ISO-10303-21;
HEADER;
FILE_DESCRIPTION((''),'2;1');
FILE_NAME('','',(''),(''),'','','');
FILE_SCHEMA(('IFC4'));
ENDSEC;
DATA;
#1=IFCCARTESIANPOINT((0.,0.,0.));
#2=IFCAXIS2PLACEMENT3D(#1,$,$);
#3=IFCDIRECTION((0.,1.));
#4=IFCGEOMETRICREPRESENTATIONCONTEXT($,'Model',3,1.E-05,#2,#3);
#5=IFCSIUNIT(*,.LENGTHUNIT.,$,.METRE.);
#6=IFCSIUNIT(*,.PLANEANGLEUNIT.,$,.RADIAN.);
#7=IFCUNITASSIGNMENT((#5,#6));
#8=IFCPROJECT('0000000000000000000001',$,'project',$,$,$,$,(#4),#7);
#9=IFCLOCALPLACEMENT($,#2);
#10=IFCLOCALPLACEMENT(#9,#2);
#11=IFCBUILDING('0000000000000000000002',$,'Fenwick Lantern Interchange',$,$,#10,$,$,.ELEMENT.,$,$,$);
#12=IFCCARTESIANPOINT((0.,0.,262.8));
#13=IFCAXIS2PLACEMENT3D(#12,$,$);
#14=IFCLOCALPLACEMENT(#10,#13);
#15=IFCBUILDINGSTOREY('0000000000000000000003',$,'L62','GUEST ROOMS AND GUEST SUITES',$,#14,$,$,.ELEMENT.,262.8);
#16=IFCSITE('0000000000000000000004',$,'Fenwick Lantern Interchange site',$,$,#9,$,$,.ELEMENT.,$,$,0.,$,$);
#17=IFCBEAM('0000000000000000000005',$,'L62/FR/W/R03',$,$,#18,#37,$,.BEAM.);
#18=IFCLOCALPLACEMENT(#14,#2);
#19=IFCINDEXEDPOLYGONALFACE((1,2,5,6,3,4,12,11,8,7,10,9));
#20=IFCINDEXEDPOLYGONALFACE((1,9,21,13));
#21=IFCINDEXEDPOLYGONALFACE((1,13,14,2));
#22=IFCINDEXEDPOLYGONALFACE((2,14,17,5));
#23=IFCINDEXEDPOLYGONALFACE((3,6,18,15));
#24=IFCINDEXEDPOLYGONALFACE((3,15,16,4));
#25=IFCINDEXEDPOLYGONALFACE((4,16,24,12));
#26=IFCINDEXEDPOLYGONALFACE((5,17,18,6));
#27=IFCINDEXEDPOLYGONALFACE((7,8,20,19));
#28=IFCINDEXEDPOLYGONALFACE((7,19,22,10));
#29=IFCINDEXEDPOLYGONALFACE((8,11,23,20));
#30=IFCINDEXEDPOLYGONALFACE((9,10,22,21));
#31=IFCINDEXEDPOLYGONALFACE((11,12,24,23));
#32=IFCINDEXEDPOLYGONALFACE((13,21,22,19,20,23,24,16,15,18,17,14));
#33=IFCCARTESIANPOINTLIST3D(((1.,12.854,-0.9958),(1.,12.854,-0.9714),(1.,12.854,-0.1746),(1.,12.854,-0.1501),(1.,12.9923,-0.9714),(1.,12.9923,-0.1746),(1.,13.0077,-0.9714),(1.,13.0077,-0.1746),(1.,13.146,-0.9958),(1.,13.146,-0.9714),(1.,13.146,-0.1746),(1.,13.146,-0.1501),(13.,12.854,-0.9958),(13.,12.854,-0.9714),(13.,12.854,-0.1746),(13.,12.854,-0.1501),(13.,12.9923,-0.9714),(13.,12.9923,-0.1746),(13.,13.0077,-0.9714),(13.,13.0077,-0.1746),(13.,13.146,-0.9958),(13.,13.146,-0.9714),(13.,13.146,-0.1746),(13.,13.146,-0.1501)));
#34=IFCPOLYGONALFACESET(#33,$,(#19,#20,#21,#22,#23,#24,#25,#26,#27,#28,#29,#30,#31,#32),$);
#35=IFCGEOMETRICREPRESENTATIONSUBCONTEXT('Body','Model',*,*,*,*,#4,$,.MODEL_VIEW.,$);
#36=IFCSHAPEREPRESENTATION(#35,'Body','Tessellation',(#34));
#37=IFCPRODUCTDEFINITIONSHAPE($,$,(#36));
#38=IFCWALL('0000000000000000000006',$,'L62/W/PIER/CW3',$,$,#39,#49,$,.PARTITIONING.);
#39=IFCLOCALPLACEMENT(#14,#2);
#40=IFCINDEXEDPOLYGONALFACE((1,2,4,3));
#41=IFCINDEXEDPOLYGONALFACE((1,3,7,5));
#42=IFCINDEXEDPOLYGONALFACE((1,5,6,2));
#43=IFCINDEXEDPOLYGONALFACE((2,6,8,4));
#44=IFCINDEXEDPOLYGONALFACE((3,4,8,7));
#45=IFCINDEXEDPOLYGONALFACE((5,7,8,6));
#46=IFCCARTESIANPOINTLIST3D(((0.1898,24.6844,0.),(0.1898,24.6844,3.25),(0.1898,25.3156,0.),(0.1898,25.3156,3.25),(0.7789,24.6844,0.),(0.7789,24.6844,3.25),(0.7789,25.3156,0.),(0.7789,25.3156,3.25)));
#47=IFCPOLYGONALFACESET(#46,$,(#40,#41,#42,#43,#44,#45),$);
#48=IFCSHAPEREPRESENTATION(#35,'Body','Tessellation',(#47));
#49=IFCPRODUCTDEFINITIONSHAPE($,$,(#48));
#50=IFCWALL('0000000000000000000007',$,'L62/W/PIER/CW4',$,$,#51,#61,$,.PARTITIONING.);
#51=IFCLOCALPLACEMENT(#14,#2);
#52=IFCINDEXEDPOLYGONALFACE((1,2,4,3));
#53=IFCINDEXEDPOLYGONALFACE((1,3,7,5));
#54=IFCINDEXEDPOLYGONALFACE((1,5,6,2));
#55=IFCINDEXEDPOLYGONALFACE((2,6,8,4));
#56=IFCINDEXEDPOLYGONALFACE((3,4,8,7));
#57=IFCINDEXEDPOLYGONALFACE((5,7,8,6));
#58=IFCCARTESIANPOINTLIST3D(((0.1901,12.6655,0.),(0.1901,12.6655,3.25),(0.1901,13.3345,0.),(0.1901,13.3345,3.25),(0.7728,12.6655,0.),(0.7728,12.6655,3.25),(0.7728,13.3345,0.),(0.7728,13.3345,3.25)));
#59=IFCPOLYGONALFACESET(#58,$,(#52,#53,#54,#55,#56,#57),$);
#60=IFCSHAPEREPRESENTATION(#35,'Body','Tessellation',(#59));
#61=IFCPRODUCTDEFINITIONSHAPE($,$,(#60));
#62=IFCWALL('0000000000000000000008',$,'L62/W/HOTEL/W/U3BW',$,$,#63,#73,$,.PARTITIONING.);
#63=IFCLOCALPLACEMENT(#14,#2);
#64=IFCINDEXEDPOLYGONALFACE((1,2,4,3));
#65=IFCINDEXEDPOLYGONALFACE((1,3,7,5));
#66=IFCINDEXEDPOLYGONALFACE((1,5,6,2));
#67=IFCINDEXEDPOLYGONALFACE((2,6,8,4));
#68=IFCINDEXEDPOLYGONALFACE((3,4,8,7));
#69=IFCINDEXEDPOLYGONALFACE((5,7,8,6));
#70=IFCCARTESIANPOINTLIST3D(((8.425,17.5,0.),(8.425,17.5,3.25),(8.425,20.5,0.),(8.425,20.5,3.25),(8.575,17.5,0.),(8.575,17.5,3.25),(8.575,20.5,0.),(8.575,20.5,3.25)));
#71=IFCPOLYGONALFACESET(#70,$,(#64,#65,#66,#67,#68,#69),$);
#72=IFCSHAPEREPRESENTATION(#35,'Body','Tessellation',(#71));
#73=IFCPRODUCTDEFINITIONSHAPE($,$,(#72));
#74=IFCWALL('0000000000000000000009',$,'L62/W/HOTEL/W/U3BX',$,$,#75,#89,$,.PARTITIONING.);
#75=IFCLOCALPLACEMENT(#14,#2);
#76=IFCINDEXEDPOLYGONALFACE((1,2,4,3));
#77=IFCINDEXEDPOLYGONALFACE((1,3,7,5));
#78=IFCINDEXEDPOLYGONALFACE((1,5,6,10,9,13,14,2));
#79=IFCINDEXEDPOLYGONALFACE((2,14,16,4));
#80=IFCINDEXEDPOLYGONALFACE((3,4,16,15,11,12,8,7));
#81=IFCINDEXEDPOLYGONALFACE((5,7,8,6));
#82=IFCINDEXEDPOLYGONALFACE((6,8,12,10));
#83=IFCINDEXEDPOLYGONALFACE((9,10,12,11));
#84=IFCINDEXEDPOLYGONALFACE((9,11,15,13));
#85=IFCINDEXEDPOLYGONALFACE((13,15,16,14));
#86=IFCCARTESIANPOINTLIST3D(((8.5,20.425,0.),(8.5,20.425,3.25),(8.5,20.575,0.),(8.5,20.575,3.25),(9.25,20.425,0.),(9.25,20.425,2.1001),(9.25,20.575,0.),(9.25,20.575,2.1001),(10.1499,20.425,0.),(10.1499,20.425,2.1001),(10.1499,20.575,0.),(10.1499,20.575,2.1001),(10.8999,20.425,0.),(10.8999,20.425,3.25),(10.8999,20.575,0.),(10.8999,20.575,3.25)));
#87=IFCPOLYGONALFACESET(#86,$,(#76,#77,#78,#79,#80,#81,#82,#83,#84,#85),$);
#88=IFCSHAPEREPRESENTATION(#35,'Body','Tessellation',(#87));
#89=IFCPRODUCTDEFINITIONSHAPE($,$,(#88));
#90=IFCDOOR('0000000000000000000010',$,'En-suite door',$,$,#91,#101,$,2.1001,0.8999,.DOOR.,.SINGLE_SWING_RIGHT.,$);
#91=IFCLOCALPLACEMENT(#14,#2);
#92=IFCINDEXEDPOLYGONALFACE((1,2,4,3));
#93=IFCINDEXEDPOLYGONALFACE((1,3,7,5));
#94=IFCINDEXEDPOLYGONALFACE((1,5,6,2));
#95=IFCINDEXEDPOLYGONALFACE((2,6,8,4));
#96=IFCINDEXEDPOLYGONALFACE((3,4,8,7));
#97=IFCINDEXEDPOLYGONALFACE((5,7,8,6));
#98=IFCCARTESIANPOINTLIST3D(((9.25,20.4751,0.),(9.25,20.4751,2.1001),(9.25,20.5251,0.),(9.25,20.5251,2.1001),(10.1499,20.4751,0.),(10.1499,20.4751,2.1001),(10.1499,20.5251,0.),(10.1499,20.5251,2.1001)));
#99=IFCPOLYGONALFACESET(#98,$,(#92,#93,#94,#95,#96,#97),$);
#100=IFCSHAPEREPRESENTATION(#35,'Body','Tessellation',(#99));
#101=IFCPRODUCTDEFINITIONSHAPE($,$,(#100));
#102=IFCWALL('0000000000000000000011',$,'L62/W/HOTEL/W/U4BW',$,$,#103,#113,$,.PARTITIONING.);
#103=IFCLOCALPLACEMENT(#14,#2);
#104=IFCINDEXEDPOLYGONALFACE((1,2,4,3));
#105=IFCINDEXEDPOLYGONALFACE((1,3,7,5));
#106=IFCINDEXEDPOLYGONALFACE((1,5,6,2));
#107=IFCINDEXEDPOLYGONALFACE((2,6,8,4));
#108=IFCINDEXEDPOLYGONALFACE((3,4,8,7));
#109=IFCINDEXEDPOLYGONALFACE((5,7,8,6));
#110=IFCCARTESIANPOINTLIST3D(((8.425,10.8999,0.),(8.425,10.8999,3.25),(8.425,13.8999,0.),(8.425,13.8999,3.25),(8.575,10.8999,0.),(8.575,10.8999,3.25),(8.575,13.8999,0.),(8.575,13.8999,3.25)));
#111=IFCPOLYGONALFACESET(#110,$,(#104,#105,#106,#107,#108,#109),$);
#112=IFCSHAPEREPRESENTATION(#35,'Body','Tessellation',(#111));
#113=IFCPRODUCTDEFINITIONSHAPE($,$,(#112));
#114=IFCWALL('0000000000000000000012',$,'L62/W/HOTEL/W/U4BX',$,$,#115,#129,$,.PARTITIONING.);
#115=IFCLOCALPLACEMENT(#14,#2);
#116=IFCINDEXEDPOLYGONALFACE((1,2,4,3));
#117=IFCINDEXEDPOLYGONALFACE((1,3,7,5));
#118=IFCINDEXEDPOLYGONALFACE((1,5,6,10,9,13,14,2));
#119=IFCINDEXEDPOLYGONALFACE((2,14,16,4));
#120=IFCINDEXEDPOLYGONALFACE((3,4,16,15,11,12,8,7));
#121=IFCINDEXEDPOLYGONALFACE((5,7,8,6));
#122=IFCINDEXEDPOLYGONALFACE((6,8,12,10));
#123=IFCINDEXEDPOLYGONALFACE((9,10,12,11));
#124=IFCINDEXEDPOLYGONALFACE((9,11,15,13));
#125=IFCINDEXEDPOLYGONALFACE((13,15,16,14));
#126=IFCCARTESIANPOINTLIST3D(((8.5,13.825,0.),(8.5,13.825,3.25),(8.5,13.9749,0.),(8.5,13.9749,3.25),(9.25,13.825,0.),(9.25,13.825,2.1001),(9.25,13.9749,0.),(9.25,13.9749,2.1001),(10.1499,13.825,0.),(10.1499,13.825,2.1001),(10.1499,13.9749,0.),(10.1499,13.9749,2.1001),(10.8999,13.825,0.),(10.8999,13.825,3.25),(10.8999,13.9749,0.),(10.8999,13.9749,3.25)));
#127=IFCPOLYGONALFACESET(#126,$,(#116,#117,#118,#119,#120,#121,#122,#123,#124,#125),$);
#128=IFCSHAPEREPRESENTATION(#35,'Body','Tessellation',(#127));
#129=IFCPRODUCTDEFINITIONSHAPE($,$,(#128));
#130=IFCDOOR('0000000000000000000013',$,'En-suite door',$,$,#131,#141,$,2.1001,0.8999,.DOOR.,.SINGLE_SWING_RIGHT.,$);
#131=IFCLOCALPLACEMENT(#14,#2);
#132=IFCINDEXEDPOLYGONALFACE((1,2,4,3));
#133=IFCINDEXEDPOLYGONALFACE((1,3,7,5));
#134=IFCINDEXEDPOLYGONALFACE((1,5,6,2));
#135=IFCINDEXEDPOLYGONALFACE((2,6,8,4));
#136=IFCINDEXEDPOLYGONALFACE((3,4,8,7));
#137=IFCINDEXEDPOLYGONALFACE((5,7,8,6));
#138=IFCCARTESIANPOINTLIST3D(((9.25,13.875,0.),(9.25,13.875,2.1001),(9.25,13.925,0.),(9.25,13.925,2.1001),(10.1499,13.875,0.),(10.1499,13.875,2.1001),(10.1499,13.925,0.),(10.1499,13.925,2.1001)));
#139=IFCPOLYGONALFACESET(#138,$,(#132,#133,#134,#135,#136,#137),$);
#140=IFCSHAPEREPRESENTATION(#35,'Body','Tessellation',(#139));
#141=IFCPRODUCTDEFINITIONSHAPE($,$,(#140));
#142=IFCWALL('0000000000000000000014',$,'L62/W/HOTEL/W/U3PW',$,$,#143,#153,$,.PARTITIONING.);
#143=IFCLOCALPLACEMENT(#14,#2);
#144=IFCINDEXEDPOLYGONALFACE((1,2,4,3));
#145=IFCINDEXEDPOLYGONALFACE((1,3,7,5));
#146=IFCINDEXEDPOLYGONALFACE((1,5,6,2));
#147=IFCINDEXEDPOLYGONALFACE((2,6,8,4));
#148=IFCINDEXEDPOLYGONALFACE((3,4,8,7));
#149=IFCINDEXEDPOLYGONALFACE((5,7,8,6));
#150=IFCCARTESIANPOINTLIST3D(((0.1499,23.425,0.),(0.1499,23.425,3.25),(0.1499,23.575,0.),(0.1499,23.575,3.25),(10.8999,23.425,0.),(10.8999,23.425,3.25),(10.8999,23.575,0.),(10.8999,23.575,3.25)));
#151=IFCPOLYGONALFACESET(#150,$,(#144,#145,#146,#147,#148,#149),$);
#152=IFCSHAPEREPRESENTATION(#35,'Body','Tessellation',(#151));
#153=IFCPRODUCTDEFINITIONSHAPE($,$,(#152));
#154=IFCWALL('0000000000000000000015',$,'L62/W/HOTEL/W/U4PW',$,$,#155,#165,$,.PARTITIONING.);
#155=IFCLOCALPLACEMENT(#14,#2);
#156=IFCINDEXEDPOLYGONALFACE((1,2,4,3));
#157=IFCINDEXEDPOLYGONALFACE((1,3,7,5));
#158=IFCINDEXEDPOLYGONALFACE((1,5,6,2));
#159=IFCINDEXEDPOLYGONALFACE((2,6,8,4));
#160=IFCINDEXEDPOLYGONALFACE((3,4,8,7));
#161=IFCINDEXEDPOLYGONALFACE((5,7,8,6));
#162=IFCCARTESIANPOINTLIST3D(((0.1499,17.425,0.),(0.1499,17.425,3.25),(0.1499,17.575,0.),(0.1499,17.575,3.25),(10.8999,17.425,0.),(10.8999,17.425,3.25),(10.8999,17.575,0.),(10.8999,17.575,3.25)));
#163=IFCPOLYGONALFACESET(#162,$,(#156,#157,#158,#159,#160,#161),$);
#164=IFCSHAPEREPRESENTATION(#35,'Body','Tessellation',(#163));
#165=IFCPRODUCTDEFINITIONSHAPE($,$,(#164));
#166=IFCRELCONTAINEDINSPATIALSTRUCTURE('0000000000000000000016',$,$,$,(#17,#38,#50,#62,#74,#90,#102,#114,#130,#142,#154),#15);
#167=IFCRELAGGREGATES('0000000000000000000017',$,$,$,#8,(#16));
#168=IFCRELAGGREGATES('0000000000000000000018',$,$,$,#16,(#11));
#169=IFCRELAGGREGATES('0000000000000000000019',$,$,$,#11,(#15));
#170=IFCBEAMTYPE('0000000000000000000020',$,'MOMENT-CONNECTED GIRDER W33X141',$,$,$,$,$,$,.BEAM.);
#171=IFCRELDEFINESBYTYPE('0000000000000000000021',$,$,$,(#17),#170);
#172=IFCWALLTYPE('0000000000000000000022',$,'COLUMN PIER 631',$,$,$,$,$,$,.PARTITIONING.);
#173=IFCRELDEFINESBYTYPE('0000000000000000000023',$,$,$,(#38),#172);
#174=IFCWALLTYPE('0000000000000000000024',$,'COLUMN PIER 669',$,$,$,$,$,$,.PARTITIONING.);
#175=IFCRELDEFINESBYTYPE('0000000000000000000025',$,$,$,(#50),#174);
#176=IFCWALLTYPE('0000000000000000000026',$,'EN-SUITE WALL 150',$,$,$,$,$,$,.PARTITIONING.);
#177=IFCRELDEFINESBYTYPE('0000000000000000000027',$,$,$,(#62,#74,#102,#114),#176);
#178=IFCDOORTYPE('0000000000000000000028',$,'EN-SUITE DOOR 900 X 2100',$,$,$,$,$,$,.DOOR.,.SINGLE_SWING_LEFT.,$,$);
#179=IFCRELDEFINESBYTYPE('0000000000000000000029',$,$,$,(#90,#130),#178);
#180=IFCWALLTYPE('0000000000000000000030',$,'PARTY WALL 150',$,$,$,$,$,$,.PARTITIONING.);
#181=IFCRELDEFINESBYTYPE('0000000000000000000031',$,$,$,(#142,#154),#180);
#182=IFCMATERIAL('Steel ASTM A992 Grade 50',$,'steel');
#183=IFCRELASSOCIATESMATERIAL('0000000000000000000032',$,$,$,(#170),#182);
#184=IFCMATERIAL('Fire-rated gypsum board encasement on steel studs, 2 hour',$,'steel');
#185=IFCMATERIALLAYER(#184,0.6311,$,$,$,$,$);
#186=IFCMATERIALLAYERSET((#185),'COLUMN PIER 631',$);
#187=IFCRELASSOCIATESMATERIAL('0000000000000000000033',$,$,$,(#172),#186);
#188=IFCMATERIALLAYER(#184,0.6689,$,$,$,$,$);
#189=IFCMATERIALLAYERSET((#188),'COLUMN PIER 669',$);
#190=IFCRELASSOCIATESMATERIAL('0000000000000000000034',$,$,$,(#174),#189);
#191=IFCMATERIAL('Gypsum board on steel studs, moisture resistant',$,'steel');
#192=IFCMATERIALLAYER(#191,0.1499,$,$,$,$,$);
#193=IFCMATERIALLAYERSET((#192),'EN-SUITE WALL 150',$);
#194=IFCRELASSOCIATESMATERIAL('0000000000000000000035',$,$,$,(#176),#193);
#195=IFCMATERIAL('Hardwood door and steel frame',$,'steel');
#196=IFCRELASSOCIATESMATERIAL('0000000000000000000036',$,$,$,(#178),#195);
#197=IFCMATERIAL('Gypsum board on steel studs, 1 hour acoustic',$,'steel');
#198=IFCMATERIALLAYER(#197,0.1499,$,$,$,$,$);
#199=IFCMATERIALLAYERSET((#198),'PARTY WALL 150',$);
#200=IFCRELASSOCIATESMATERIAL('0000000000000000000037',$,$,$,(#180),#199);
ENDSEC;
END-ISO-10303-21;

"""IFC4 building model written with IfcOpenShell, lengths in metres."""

from ifc_helpers import new_model, si_unit, direction, frame, frame_2d, origin, origin_2d, place, context, subcontext, project, spatial, rectangle, i_section, extrude, material, layer, layer_set, material_profile, profile_set, type_object, element, fill, save


model = new_model("IFC4")

# Units and contexts
model_context = context("Model", 3, precision=1e-05, world=origin(), true_north=direction((0.0, 1.0)))
body_context = subcontext(model_context, "Body", "Model", "MODEL_VIEW")
ifc_project = project(units=[si_unit("LENGTHUNIT", "METRE"), si_unit("PLANEANGLEUNIT", "RADIAN")], contexts=[model_context])

# Site, building, storey
site_placement = place(None, origin())
site = spatial("IfcSite", under=ifc_project, at=site_placement, Name="Fenwick Lantern Interchange site", CompositionType="ELEMENT", RefElevation=0.0)
building_placement = place(site_placement, origin())
building = spatial("IfcBuilding", under=site, at=building_placement, Name="Fenwick Lantern Interchange", CompositionType="ELEMENT")
storey_placement = place(building_placement, frame((0.0, 0.0, 262.8)))
storey = spatial("IfcBuildingStorey", under=building, at=storey_placement, Name="L62", Description="GUEST ROOMS AND GUEST SUITES", CompositionType="ELEMENT", Elevation=262.8)

# Shared definitions
ifc_material_1 = material(Name="Steel ASTM A992 Grade 50", Category="steel")

# Beam
ifc_material_profile_1 = material_profile(ifc_material_1, i_section(OverallWidth=0.292, OverallDepth=0.8457, WebThickness=0.0154, FlangeThickness=0.0244, at=origin_2d()), Name="W33X141")
ifc_profile_set_1 = profile_set([ifc_material_profile_1], Name="Steel ASTM A992 Grade 50")
beam_type_1 = type_object("IfcBeamType", Name="MOMENT-CONNECTED GIRDER W33X141", PredefinedType="BEAM", material=ifc_profile_set_1)
beam_1_placement = place(storey_placement, frame((1.0, 13.0, -0.573), z_axis=(1.0, 0.0, 0.0), x_axis=(0.0, 1.0, 0.0)))
element("IfcBeam", 1, at=beam_1_placement, inside=storey, type_object=beam_type_1, Name="L62/FR/W/R03", PredefinedType="BEAM", context=body_context, shape_type="SweptSolid", body=[
    extrude(i_section(OverallWidth=0.292, OverallDepth=0.8457, WebThickness=0.0154, FlangeThickness=0.0244, at=origin_2d()), origin(), (0.0, 0.0, 1.0), 12.0),
])

# Walls
ifc_material_2 = material(Name="Fire-rated gypsum board encasement on steel studs, 2 hour", Category="steel")
ifc_layer_1 = layer(ifc_material_2, 0.6311)
ifc_layer_set_1 = layer_set([ifc_layer_1], Name="COLUMN PIER 631")
wall_type_1 = type_object("IfcWallType", Name="COLUMN PIER 631", PredefinedType="PARTITIONING", material=ifc_layer_set_1)
wall_1_placement = place(storey_placement, frame((0.1899, 25.0, 0.0), z_axis=(0.0, 0.0, 1.0), x_axis=(1.0, 0.0, 0.0)))
element("IfcWall", 2, at=wall_1_placement, inside=storey, type_object=wall_type_1, Name="L62/W/PIER/CW3", PredefinedType="PARTITIONING", context=body_context, shape_type="SweptSolid", body=[
    extrude(rectangle(XDim=0.5891, YDim=0.6311, at=frame_2d((0.2944, 0.0))), origin(), (0.0, 0.0, 1.0), 3.25),
])
ifc_layer_2 = layer(ifc_material_2, 0.6689)
ifc_layer_set_2 = layer_set([ifc_layer_2], Name="COLUMN PIER 669")
wall_type_2 = type_object("IfcWallType", Name="COLUMN PIER 669", PredefinedType="PARTITIONING", material=ifc_layer_set_2)
wall_2_placement = place(storey_placement, frame((0.1899, 13.0, 0.0), z_axis=(0.0, 0.0, 1.0), x_axis=(1.0, 0.0, 0.0)))
element("IfcWall", 3, at=wall_2_placement, inside=storey, type_object=wall_type_2, Name="L62/W/PIER/CW4", PredefinedType="PARTITIONING", context=body_context, shape_type="SweptSolid", body=[
    extrude(rectangle(XDim=0.5828, YDim=0.6689, at=frame_2d((0.2915, 0.0))), origin(), (0.0, 0.0, 1.0), 3.25),
])
ifc_material_3 = material(Name="Gypsum board on steel studs, moisture resistant", Category="steel")
ifc_layer_3 = layer(ifc_material_3, 0.1499)
ifc_layer_set_3 = layer_set([ifc_layer_3], Name="EN-SUITE WALL 150")
wall_type_3 = type_object("IfcWallType", Name="EN-SUITE WALL 150", PredefinedType="PARTITIONING", material=ifc_layer_set_3)
wall_3_placement = place(storey_placement, frame((8.5, 20.5, 0.0), z_axis=(0.0, 0.0, 1.0), x_axis=(0.0, -1.0, 0.0)))
element("IfcWall", 4, at=wall_3_placement, inside=storey, type_object=wall_type_3, Name="L62/W/HOTEL/W/U3BW", PredefinedType="PARTITIONING", context=body_context, shape_type="SweptSolid", body=[
    extrude(rectangle(XDim=3.0, YDim=0.1499, at=frame_2d((1.5, 0.0))), origin(), (0.0, 0.0, 1.0), 3.25),
])

# Wall, opening, door
wall_4_placement = place(storey_placement, frame((8.5, 20.5, 0.0), z_axis=(0.0, 0.0, 1.0), x_axis=(1.0, 0.0, 0.0)))
wall_4 = element("IfcWall", 5, at=wall_4_placement, inside=storey, type_object=wall_type_3, Name="L62/W/HOTEL/W/U3BX", PredefinedType="PARTITIONING", context=body_context, shape_type="SweptSolid", body=[
    extrude(rectangle(XDim=2.3999, YDim=0.1499, at=frame_2d((1.2, 0.0))), origin(), (0.0, 0.0, 1.0), 3.25),
])
opening_1_placement = place(wall_4_placement, frame((0.75, 0.0, 0.0)))
opening_1 = element("IfcOpeningElement", 6, at=opening_1_placement, cuts=wall_4, PredefinedType="OPENING", context=body_context, shape_type="SweptSolid", body=[
    extrude(rectangle(XDim=0.8999, YDim=2.1001, at=frame_2d((0.45, 1.05))), frame((0.0, 0.085, 0.0), z_axis=(0.0, -1.0, 0.0), x_axis=(1.0, 0.0, 0.0)), (0.0, 0.0, 1.0), 0.1699),
])
ifc_material_4 = material(Name="Hardwood door and steel frame", Category="steel")
door_type = type_object("IfcDoorType", Name="EN-SUITE DOOR 900 X 2100", OperationType="SINGLE_SWING_LEFT", PredefinedType="DOOR", material=ifc_material_4)
door_1_placement = place(opening_1_placement, frame((0.8999, 0.0, 0.0), z_axis=(0.0, 0.0, 1.0), x_axis=(-1.0, 0.0, 0.0)))
door_1 = element("IfcDoor", 7, at=door_1_placement, inside=storey, type_object=door_type, Name="En-suite door", OperationType="SINGLE_SWING_RIGHT", OverallHeight=2.1001, OverallWidth=0.8999, PredefinedType="DOOR", context=body_context, shape_type="SweptSolid", body=[
    extrude(rectangle(XDim=0.8999, YDim=2.1001, at=frame_2d((0.45, 1.05))), frame((0.0, 0.0249, 0.0), z_axis=(0.0, -1.0, 0.0), x_axis=(1.0, 0.0, 0.0)), (0.0, 0.0, 1.0), 0.05),
])
fill(opening_1, door_1)

# Wall
wall_5_placement = place(storey_placement, frame((8.5, 13.8999, 0.0), z_axis=(0.0, 0.0, 1.0), x_axis=(0.0, -1.0, 0.0)))
element("IfcWall", 8, at=wall_5_placement, inside=storey, type_object=wall_type_3, Name="L62/W/HOTEL/W/U4BW", PredefinedType="PARTITIONING", context=body_context, shape_type="SweptSolid", body=[
    extrude(rectangle(XDim=3.0, YDim=0.1499, at=frame_2d((1.5, 0.0))), origin(), (0.0, 0.0, 1.0), 3.25),
])

# Wall, opening, door
wall_6_placement = place(storey_placement, frame((8.5, 13.8999, 0.0), z_axis=(0.0, 0.0, 1.0), x_axis=(1.0, 0.0, 0.0)))
wall_6 = element("IfcWall", 9, at=wall_6_placement, inside=storey, type_object=wall_type_3, Name="L62/W/HOTEL/W/U4BX", PredefinedType="PARTITIONING", context=body_context, shape_type="SweptSolid", body=[
    extrude(rectangle(XDim=2.3999, YDim=0.1499, at=frame_2d((1.2, 0.0))), origin(), (0.0, 0.0, 1.0), 3.25),
])
opening_2_placement = place(wall_6_placement, frame((0.75, 0.0, 0.0)))
opening_2 = element("IfcOpeningElement", 10, at=opening_2_placement, cuts=wall_6, PredefinedType="OPENING", context=body_context, shape_type="SweptSolid", body=[
    extrude(rectangle(XDim=0.8999, YDim=2.1001, at=frame_2d((0.45, 1.05))), frame((0.0, 0.085, 0.0), z_axis=(0.0, -1.0, 0.0), x_axis=(1.0, 0.0, 0.0)), (0.0, 0.0, 1.0), 0.1699),
])
door_2_placement = place(opening_2_placement, frame((0.8999, 0.0, 0.0), z_axis=(0.0, 0.0, 1.0), x_axis=(-1.0, 0.0, 0.0)))
door_2 = element("IfcDoor", 11, at=door_2_placement, inside=storey, type_object=door_type, Name="En-suite door", OperationType="SINGLE_SWING_RIGHT", OverallHeight=2.1001, OverallWidth=0.8999, PredefinedType="DOOR", context=body_context, shape_type="SweptSolid", body=[
    extrude(rectangle(XDim=0.8999, YDim=2.1001, at=frame_2d((0.45, 1.05))), frame((0.0, 0.0249, 0.0), z_axis=(0.0, -1.0, 0.0), x_axis=(1.0, 0.0, 0.0)), (0.0, 0.0, 1.0), 0.05),
])
fill(opening_2, door_2)

# Walls
ifc_material_5 = material(Name="Gypsum board on steel studs, 1 hour acoustic", Category="steel")
ifc_layer_4 = layer(ifc_material_5, 0.1499)
ifc_layer_set_4 = layer_set([ifc_layer_4], Name="PARTY WALL 150")
wall_type_4 = type_object("IfcWallType", Name="PARTY WALL 150", PredefinedType="PARTITIONING", material=ifc_layer_set_4)
for number, where, z_axis, x_axis, name in (
    (12, (0.1499, 23.5, 0.0), (0.0, 0.0, 1.0), (1.0, 0.0, 0.0), "L62/W/HOTEL/W/U3PW"),
    (13, (0.1499, 17.5, 0.0), (0.0, 0.0, 1.0), (1.0, 0.0, 0.0), "L62/W/HOTEL/W/U4PW"),
):
    element("IfcWall", number, at=place(storey_placement, frame(where, z_axis=z_axis, x_axis=x_axis)), inside=storey, type_object=wall_type_4, Name=name, PredefinedType="PARTITIONING", context=body_context, shape_type="SweptSolid", body=[
        extrude(rectangle(XDim=10.75, YDim=0.1499, at=frame_2d((5.375, 0.0))), origin(), (0.0, 0.0, 1.0), 3.25),
    ])

save(model, "model.ifc")
